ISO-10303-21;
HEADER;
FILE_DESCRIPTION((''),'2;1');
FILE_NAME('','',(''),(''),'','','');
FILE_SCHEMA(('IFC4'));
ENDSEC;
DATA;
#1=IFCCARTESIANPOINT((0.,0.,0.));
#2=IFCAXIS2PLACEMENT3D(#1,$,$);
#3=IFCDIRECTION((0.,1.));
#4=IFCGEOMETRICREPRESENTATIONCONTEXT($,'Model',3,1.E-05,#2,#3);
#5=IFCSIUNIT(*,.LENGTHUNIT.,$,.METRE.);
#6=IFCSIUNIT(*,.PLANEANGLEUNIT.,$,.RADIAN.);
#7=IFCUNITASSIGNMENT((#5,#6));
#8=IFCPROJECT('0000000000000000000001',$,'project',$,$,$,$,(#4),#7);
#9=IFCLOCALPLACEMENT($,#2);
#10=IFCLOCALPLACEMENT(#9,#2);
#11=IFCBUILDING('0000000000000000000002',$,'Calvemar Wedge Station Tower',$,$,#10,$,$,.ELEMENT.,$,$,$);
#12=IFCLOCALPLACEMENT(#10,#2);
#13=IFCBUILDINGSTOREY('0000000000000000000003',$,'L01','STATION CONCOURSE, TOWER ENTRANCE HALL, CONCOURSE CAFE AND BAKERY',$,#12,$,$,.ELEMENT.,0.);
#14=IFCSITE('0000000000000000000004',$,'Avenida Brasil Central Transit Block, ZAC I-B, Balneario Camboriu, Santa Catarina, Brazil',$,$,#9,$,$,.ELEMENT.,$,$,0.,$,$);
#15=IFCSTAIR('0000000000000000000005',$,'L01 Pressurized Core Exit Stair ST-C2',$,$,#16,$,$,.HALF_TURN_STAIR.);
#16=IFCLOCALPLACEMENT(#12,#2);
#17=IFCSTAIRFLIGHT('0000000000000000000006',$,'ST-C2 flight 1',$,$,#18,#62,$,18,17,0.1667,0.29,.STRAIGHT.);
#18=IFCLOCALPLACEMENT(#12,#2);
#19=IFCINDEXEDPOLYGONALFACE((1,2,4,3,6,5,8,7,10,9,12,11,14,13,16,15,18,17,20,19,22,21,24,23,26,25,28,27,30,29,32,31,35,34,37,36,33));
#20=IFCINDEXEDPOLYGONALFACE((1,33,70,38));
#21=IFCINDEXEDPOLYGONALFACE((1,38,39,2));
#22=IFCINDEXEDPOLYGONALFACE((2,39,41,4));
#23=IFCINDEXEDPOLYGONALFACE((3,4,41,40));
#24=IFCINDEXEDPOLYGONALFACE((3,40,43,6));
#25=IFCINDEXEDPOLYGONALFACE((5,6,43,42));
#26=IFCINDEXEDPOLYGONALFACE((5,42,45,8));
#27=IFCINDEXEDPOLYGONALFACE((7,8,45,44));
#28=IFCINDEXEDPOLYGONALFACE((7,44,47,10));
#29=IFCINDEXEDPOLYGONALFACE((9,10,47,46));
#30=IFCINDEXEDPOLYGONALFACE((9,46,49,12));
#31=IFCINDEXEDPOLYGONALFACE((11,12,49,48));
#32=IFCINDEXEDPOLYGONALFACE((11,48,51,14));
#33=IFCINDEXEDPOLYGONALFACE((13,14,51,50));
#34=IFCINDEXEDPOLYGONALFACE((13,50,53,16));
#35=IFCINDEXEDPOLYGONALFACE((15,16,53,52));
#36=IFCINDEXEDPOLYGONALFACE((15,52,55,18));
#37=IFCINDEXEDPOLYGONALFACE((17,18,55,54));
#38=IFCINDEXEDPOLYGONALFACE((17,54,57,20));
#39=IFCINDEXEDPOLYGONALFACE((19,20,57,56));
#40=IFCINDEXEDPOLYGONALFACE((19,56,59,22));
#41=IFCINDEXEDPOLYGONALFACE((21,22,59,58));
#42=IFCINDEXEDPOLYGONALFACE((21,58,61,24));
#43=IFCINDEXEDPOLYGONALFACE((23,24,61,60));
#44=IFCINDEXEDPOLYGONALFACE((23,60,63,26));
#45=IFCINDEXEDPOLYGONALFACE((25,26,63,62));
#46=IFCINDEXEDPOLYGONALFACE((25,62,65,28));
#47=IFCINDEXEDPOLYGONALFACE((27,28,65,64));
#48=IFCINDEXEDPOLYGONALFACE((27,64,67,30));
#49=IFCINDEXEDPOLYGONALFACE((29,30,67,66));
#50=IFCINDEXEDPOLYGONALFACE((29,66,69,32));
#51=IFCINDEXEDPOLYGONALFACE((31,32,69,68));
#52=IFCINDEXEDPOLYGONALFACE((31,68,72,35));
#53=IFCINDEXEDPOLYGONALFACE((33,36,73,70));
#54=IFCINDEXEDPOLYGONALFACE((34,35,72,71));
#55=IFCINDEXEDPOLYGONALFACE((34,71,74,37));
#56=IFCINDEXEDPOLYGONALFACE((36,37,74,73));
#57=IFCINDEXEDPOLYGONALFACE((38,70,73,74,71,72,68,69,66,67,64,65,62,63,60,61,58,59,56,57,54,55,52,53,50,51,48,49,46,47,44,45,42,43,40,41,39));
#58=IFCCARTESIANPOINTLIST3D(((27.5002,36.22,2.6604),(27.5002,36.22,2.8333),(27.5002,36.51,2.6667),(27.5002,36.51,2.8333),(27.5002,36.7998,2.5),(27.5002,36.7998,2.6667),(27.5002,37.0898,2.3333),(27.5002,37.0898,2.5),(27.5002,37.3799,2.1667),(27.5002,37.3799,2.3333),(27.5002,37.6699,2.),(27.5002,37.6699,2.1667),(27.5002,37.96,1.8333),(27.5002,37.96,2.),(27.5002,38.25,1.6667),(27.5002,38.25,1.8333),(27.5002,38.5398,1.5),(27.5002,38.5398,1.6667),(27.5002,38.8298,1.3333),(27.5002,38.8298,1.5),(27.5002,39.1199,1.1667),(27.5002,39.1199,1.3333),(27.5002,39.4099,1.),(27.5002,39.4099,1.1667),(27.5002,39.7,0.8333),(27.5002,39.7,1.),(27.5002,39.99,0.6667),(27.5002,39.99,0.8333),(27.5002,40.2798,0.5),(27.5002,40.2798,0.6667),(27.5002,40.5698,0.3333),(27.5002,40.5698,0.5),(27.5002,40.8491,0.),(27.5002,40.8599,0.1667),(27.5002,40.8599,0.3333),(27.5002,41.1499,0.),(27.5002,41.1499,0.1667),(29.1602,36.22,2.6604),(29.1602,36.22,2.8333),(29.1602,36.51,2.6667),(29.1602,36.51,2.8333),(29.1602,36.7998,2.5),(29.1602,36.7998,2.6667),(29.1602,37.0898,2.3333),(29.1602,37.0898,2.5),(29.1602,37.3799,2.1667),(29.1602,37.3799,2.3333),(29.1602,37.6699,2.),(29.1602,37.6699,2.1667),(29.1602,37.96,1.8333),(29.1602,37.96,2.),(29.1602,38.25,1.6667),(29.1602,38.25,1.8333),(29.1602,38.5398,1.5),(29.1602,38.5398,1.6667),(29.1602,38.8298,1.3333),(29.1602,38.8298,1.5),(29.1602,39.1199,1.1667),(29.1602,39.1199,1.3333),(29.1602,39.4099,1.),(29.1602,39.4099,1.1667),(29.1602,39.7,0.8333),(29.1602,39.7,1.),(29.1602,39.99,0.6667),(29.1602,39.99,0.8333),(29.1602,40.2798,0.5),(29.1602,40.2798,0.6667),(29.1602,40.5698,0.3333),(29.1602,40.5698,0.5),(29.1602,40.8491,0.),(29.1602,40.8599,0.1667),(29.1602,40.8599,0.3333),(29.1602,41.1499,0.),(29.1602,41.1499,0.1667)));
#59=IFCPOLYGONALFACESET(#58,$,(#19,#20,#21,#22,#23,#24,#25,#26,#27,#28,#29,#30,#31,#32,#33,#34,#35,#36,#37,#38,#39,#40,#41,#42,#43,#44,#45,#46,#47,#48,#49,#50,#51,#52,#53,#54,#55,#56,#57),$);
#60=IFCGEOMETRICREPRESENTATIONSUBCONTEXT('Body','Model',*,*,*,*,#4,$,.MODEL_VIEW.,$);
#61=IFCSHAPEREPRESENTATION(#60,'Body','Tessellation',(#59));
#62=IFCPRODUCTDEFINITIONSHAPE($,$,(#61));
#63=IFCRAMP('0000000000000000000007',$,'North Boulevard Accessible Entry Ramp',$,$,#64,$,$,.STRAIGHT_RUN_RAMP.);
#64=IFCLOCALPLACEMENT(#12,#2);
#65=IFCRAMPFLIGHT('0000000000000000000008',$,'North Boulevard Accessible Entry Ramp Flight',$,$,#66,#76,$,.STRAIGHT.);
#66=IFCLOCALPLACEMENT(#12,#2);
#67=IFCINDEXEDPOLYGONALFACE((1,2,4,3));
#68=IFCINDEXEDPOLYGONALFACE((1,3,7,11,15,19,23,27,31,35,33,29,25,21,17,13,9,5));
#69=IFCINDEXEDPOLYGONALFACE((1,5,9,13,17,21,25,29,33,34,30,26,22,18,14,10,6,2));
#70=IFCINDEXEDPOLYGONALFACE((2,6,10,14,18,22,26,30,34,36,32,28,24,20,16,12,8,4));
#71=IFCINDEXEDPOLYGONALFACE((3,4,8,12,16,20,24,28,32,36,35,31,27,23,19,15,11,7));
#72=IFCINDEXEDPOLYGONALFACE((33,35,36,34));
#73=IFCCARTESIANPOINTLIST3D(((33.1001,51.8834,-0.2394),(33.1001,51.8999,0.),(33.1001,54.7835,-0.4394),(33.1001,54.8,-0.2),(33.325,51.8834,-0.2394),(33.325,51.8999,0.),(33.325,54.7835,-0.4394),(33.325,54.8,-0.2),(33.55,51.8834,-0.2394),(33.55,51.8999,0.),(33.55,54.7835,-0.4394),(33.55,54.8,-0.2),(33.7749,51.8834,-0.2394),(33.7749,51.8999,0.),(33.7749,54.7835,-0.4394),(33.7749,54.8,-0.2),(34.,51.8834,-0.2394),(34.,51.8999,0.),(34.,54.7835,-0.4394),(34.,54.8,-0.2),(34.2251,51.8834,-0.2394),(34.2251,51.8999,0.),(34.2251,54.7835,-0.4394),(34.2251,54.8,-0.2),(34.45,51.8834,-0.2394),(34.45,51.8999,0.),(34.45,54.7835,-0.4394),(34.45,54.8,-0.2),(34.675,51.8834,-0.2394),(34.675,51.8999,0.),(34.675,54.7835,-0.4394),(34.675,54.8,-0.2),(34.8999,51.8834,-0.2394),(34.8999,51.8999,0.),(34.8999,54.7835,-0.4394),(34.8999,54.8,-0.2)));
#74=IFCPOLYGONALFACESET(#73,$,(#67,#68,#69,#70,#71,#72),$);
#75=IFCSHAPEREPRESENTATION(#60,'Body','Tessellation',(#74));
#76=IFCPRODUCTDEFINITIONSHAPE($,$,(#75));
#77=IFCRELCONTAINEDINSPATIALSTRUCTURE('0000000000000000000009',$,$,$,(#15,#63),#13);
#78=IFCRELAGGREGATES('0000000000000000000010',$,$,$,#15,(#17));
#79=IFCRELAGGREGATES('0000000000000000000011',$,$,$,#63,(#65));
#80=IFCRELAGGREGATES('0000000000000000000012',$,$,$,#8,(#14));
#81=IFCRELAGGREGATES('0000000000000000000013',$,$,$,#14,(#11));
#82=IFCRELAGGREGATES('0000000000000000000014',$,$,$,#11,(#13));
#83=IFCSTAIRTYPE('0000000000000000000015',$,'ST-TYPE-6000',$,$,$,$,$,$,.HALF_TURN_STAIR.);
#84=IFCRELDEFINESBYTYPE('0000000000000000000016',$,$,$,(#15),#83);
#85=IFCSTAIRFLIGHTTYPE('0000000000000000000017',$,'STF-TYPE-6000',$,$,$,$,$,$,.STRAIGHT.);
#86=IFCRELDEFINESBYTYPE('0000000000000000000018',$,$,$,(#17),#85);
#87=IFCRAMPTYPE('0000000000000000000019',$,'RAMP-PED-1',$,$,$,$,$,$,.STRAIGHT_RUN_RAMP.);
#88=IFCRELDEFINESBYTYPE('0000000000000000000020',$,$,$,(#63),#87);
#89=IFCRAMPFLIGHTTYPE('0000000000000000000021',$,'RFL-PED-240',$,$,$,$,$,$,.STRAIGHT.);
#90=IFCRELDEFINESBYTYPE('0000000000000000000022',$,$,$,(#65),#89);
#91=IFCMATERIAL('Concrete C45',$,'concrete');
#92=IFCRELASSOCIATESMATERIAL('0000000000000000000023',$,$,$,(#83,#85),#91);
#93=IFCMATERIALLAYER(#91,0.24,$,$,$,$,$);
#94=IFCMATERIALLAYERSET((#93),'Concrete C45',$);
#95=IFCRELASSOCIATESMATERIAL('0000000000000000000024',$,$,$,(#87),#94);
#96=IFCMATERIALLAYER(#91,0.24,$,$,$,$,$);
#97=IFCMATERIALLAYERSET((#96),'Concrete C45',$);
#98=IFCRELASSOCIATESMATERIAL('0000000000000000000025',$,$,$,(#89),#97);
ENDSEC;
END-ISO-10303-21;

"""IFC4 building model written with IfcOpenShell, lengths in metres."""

from ifc_helpers import new_model, si_unit, direction, frame, origin, place, context, subcontext, project, spatial, polyline, outline, extrude, material, layer, layer_set, type_object, element, aggregate, save


model = new_model("IFC4")

# Units and contexts
model_context = context("Model", 3, precision=1e-05, world=origin(), true_north=direction((0.0, 1.0)))
body_context = subcontext(model_context, "Body", "Model", "MODEL_VIEW")
ifc_project = project(units=[si_unit("LENGTHUNIT", "METRE"), si_unit("PLANEANGLEUNIT", "RADIAN")], contexts=[model_context])

# Site, building, storey
site_placement = place(None, origin())
site = spatial("IfcSite", under=ifc_project, at=site_placement, Name="Avenida Brasil Central Transit Block, ZAC I-B, Balneario Camboriu, Santa Catarina, Brazil", CompositionType="ELEMENT", RefElevation=0.0)
building_placement = place(site_placement, origin())
building = spatial("IfcBuilding", under=site, at=building_placement, Name="Calvemar Wedge Station Tower", CompositionType="ELEMENT")
storey_placement = place(building_placement, origin())
storey = spatial("IfcBuildingStorey", under=building, at=storey_placement, Name="L01", Description="STATION CONCOURSE, TOWER ENTRANCE HALL, CONCOURSE CAFE AND BAKERY", CompositionType="ELEMENT", Elevation=0.0)

# Shared definitions
ifc_material_1 = material(Name="Concrete C45", Category="concrete")

# Stair, stair flight
stair_type = type_object("IfcStairType", Name="ST-TYPE-6000", PredefinedType="HALF_TURN_STAIR", material=ifc_material_1)
stair_placement = place(storey_placement, origin())
stair = element("IfcStair", 1, at=stair_placement, inside=storey, type_object=stair_type, Name="L01 Pressurized Core Exit Stair ST-C2", PredefinedType="HALF_TURN_STAIR")
stair_flight_type = type_object("IfcStairFlightType", Name="STF-TYPE-6000", PredefinedType="STRAIGHT", material=ifc_material_1)
stair_flight_placement = place(storey_placement, frame((28.3301, 41.1499, 0.0), z_axis=(0.0, 0.0, 1.0), x_axis=(0.0, -1.0, 0.0)))
stair_flight = element("IfcStairFlight", 2, at=stair_flight_placement, type_object=stair_flight_type, Name="ST-C2 flight 1", NumberOfRisers=18, NumberOfTreads=17, PredefinedType="STRAIGHT", RiserHeight=0.1667, TreadLength=0.29, context=body_context, shape_type="SweptSolid", body=[
    extrude(outline(polyline([(0.0, 0.0), (0.0, 0.1667), (0.29, 0.1667), (0.29, 0.3333), (0.5801, 0.3333), (0.5801, 0.5), (0.8701, 0.5), (0.8701, 0.6667), (1.1599, 0.6667), (1.1599, 0.8333), (1.45, 0.8333), (1.45, 1.0), (1.74, 1.0), (1.74, 1.1667), (2.03, 1.1667), (2.03, 1.3333), (2.3201, 1.3333), (2.3201, 1.5), (2.6101, 1.5), (2.6101, 1.6667), (2.8999, 1.6667), (2.8999, 1.8333), (3.1899, 1.8333), (3.1899, 2.0), (3.48, 2.0), (3.48, 2.1667), (3.77, 2.1667), (3.77, 2.3333), (4.0601, 2.3333), (4.0601, 2.5), (4.3501, 2.5), (4.3501, 2.6667), (4.6399, 2.6667), (4.6399, 2.8333), (4.9299, 2.8333), (4.9299, 3.0), (4.9299, 2.6604), (0.3008, 0.0), (0.0, 0.0)])), frame((0.0, 0.8301, 0.0), z_axis=(0.0, -1.0, 0.0), x_axis=(1.0, 0.0, 0.0)), (0.0, 0.0, 1.0), 1.6599),
])
aggregate(stair, [stair_flight])

# Ramp, ramp flight
ifc_layer_1 = layer(ifc_material_1, 0.24)
ifc_layer_set_1 = layer_set([ifc_layer_1], Name="Concrete C45")
ramp_type = type_object("IfcRampType", Name="RAMP-PED-1", PredefinedType="STRAIGHT_RUN_RAMP", material=ifc_layer_set_1)
ramp_placement = place(storey_placement, origin())
ramp = element("IfcRamp", 3, at=ramp_placement, inside=storey, type_object=ramp_type, Name="North Boulevard Accessible Entry Ramp", PredefinedType="STRAIGHT_RUN_RAMP")
ifc_layer_2 = layer(ifc_material_1, 0.24)
ifc_layer_set_2 = layer_set([ifc_layer_2], Name="Concrete C45")
ramp_flight_type = type_object("IfcRampFlightType", Name="RFL-PED-240", PredefinedType="STRAIGHT", material=ifc_layer_set_2)
ramp_flight_placement = place(storey_placement, frame((33.1001, 54.8, -0.2), z_axis=(0.0, 0.068782, 0.997632), x_axis=(0.0, -0.997632, 0.068782)))
ramp_flight = element("IfcRampFlight", 4, at=ramp_flight_placement, type_object=ramp_flight_type, Name="North Boulevard Accessible Entry Ramp Flight", PredefinedType="STRAIGHT", context=body_context, shape_type="SweptSolid", body=[
    extrude(outline(polyline([(0.0, 0.0), (2.907, 0.0), (2.907, 0.2249), (2.907, 0.45), (2.907, 0.6748), (2.907, 0.8999), (2.907, 1.125), (2.907, 1.3499), (2.907, 1.575), (2.907, 1.7998), (0.0, 1.7998), (0.0, 1.575), (0.0, 1.3499), (0.0, 1.125), (0.0, 0.8999), (0.0, 0.6748), (0.0, 0.45), (0.0, 0.2249), (0.0, 0.0)])), origin(), (0.0, 0.0, -1.0), 0.24),
])
aggregate(ramp, [ramp_flight])

save(model, "model.ifc")
